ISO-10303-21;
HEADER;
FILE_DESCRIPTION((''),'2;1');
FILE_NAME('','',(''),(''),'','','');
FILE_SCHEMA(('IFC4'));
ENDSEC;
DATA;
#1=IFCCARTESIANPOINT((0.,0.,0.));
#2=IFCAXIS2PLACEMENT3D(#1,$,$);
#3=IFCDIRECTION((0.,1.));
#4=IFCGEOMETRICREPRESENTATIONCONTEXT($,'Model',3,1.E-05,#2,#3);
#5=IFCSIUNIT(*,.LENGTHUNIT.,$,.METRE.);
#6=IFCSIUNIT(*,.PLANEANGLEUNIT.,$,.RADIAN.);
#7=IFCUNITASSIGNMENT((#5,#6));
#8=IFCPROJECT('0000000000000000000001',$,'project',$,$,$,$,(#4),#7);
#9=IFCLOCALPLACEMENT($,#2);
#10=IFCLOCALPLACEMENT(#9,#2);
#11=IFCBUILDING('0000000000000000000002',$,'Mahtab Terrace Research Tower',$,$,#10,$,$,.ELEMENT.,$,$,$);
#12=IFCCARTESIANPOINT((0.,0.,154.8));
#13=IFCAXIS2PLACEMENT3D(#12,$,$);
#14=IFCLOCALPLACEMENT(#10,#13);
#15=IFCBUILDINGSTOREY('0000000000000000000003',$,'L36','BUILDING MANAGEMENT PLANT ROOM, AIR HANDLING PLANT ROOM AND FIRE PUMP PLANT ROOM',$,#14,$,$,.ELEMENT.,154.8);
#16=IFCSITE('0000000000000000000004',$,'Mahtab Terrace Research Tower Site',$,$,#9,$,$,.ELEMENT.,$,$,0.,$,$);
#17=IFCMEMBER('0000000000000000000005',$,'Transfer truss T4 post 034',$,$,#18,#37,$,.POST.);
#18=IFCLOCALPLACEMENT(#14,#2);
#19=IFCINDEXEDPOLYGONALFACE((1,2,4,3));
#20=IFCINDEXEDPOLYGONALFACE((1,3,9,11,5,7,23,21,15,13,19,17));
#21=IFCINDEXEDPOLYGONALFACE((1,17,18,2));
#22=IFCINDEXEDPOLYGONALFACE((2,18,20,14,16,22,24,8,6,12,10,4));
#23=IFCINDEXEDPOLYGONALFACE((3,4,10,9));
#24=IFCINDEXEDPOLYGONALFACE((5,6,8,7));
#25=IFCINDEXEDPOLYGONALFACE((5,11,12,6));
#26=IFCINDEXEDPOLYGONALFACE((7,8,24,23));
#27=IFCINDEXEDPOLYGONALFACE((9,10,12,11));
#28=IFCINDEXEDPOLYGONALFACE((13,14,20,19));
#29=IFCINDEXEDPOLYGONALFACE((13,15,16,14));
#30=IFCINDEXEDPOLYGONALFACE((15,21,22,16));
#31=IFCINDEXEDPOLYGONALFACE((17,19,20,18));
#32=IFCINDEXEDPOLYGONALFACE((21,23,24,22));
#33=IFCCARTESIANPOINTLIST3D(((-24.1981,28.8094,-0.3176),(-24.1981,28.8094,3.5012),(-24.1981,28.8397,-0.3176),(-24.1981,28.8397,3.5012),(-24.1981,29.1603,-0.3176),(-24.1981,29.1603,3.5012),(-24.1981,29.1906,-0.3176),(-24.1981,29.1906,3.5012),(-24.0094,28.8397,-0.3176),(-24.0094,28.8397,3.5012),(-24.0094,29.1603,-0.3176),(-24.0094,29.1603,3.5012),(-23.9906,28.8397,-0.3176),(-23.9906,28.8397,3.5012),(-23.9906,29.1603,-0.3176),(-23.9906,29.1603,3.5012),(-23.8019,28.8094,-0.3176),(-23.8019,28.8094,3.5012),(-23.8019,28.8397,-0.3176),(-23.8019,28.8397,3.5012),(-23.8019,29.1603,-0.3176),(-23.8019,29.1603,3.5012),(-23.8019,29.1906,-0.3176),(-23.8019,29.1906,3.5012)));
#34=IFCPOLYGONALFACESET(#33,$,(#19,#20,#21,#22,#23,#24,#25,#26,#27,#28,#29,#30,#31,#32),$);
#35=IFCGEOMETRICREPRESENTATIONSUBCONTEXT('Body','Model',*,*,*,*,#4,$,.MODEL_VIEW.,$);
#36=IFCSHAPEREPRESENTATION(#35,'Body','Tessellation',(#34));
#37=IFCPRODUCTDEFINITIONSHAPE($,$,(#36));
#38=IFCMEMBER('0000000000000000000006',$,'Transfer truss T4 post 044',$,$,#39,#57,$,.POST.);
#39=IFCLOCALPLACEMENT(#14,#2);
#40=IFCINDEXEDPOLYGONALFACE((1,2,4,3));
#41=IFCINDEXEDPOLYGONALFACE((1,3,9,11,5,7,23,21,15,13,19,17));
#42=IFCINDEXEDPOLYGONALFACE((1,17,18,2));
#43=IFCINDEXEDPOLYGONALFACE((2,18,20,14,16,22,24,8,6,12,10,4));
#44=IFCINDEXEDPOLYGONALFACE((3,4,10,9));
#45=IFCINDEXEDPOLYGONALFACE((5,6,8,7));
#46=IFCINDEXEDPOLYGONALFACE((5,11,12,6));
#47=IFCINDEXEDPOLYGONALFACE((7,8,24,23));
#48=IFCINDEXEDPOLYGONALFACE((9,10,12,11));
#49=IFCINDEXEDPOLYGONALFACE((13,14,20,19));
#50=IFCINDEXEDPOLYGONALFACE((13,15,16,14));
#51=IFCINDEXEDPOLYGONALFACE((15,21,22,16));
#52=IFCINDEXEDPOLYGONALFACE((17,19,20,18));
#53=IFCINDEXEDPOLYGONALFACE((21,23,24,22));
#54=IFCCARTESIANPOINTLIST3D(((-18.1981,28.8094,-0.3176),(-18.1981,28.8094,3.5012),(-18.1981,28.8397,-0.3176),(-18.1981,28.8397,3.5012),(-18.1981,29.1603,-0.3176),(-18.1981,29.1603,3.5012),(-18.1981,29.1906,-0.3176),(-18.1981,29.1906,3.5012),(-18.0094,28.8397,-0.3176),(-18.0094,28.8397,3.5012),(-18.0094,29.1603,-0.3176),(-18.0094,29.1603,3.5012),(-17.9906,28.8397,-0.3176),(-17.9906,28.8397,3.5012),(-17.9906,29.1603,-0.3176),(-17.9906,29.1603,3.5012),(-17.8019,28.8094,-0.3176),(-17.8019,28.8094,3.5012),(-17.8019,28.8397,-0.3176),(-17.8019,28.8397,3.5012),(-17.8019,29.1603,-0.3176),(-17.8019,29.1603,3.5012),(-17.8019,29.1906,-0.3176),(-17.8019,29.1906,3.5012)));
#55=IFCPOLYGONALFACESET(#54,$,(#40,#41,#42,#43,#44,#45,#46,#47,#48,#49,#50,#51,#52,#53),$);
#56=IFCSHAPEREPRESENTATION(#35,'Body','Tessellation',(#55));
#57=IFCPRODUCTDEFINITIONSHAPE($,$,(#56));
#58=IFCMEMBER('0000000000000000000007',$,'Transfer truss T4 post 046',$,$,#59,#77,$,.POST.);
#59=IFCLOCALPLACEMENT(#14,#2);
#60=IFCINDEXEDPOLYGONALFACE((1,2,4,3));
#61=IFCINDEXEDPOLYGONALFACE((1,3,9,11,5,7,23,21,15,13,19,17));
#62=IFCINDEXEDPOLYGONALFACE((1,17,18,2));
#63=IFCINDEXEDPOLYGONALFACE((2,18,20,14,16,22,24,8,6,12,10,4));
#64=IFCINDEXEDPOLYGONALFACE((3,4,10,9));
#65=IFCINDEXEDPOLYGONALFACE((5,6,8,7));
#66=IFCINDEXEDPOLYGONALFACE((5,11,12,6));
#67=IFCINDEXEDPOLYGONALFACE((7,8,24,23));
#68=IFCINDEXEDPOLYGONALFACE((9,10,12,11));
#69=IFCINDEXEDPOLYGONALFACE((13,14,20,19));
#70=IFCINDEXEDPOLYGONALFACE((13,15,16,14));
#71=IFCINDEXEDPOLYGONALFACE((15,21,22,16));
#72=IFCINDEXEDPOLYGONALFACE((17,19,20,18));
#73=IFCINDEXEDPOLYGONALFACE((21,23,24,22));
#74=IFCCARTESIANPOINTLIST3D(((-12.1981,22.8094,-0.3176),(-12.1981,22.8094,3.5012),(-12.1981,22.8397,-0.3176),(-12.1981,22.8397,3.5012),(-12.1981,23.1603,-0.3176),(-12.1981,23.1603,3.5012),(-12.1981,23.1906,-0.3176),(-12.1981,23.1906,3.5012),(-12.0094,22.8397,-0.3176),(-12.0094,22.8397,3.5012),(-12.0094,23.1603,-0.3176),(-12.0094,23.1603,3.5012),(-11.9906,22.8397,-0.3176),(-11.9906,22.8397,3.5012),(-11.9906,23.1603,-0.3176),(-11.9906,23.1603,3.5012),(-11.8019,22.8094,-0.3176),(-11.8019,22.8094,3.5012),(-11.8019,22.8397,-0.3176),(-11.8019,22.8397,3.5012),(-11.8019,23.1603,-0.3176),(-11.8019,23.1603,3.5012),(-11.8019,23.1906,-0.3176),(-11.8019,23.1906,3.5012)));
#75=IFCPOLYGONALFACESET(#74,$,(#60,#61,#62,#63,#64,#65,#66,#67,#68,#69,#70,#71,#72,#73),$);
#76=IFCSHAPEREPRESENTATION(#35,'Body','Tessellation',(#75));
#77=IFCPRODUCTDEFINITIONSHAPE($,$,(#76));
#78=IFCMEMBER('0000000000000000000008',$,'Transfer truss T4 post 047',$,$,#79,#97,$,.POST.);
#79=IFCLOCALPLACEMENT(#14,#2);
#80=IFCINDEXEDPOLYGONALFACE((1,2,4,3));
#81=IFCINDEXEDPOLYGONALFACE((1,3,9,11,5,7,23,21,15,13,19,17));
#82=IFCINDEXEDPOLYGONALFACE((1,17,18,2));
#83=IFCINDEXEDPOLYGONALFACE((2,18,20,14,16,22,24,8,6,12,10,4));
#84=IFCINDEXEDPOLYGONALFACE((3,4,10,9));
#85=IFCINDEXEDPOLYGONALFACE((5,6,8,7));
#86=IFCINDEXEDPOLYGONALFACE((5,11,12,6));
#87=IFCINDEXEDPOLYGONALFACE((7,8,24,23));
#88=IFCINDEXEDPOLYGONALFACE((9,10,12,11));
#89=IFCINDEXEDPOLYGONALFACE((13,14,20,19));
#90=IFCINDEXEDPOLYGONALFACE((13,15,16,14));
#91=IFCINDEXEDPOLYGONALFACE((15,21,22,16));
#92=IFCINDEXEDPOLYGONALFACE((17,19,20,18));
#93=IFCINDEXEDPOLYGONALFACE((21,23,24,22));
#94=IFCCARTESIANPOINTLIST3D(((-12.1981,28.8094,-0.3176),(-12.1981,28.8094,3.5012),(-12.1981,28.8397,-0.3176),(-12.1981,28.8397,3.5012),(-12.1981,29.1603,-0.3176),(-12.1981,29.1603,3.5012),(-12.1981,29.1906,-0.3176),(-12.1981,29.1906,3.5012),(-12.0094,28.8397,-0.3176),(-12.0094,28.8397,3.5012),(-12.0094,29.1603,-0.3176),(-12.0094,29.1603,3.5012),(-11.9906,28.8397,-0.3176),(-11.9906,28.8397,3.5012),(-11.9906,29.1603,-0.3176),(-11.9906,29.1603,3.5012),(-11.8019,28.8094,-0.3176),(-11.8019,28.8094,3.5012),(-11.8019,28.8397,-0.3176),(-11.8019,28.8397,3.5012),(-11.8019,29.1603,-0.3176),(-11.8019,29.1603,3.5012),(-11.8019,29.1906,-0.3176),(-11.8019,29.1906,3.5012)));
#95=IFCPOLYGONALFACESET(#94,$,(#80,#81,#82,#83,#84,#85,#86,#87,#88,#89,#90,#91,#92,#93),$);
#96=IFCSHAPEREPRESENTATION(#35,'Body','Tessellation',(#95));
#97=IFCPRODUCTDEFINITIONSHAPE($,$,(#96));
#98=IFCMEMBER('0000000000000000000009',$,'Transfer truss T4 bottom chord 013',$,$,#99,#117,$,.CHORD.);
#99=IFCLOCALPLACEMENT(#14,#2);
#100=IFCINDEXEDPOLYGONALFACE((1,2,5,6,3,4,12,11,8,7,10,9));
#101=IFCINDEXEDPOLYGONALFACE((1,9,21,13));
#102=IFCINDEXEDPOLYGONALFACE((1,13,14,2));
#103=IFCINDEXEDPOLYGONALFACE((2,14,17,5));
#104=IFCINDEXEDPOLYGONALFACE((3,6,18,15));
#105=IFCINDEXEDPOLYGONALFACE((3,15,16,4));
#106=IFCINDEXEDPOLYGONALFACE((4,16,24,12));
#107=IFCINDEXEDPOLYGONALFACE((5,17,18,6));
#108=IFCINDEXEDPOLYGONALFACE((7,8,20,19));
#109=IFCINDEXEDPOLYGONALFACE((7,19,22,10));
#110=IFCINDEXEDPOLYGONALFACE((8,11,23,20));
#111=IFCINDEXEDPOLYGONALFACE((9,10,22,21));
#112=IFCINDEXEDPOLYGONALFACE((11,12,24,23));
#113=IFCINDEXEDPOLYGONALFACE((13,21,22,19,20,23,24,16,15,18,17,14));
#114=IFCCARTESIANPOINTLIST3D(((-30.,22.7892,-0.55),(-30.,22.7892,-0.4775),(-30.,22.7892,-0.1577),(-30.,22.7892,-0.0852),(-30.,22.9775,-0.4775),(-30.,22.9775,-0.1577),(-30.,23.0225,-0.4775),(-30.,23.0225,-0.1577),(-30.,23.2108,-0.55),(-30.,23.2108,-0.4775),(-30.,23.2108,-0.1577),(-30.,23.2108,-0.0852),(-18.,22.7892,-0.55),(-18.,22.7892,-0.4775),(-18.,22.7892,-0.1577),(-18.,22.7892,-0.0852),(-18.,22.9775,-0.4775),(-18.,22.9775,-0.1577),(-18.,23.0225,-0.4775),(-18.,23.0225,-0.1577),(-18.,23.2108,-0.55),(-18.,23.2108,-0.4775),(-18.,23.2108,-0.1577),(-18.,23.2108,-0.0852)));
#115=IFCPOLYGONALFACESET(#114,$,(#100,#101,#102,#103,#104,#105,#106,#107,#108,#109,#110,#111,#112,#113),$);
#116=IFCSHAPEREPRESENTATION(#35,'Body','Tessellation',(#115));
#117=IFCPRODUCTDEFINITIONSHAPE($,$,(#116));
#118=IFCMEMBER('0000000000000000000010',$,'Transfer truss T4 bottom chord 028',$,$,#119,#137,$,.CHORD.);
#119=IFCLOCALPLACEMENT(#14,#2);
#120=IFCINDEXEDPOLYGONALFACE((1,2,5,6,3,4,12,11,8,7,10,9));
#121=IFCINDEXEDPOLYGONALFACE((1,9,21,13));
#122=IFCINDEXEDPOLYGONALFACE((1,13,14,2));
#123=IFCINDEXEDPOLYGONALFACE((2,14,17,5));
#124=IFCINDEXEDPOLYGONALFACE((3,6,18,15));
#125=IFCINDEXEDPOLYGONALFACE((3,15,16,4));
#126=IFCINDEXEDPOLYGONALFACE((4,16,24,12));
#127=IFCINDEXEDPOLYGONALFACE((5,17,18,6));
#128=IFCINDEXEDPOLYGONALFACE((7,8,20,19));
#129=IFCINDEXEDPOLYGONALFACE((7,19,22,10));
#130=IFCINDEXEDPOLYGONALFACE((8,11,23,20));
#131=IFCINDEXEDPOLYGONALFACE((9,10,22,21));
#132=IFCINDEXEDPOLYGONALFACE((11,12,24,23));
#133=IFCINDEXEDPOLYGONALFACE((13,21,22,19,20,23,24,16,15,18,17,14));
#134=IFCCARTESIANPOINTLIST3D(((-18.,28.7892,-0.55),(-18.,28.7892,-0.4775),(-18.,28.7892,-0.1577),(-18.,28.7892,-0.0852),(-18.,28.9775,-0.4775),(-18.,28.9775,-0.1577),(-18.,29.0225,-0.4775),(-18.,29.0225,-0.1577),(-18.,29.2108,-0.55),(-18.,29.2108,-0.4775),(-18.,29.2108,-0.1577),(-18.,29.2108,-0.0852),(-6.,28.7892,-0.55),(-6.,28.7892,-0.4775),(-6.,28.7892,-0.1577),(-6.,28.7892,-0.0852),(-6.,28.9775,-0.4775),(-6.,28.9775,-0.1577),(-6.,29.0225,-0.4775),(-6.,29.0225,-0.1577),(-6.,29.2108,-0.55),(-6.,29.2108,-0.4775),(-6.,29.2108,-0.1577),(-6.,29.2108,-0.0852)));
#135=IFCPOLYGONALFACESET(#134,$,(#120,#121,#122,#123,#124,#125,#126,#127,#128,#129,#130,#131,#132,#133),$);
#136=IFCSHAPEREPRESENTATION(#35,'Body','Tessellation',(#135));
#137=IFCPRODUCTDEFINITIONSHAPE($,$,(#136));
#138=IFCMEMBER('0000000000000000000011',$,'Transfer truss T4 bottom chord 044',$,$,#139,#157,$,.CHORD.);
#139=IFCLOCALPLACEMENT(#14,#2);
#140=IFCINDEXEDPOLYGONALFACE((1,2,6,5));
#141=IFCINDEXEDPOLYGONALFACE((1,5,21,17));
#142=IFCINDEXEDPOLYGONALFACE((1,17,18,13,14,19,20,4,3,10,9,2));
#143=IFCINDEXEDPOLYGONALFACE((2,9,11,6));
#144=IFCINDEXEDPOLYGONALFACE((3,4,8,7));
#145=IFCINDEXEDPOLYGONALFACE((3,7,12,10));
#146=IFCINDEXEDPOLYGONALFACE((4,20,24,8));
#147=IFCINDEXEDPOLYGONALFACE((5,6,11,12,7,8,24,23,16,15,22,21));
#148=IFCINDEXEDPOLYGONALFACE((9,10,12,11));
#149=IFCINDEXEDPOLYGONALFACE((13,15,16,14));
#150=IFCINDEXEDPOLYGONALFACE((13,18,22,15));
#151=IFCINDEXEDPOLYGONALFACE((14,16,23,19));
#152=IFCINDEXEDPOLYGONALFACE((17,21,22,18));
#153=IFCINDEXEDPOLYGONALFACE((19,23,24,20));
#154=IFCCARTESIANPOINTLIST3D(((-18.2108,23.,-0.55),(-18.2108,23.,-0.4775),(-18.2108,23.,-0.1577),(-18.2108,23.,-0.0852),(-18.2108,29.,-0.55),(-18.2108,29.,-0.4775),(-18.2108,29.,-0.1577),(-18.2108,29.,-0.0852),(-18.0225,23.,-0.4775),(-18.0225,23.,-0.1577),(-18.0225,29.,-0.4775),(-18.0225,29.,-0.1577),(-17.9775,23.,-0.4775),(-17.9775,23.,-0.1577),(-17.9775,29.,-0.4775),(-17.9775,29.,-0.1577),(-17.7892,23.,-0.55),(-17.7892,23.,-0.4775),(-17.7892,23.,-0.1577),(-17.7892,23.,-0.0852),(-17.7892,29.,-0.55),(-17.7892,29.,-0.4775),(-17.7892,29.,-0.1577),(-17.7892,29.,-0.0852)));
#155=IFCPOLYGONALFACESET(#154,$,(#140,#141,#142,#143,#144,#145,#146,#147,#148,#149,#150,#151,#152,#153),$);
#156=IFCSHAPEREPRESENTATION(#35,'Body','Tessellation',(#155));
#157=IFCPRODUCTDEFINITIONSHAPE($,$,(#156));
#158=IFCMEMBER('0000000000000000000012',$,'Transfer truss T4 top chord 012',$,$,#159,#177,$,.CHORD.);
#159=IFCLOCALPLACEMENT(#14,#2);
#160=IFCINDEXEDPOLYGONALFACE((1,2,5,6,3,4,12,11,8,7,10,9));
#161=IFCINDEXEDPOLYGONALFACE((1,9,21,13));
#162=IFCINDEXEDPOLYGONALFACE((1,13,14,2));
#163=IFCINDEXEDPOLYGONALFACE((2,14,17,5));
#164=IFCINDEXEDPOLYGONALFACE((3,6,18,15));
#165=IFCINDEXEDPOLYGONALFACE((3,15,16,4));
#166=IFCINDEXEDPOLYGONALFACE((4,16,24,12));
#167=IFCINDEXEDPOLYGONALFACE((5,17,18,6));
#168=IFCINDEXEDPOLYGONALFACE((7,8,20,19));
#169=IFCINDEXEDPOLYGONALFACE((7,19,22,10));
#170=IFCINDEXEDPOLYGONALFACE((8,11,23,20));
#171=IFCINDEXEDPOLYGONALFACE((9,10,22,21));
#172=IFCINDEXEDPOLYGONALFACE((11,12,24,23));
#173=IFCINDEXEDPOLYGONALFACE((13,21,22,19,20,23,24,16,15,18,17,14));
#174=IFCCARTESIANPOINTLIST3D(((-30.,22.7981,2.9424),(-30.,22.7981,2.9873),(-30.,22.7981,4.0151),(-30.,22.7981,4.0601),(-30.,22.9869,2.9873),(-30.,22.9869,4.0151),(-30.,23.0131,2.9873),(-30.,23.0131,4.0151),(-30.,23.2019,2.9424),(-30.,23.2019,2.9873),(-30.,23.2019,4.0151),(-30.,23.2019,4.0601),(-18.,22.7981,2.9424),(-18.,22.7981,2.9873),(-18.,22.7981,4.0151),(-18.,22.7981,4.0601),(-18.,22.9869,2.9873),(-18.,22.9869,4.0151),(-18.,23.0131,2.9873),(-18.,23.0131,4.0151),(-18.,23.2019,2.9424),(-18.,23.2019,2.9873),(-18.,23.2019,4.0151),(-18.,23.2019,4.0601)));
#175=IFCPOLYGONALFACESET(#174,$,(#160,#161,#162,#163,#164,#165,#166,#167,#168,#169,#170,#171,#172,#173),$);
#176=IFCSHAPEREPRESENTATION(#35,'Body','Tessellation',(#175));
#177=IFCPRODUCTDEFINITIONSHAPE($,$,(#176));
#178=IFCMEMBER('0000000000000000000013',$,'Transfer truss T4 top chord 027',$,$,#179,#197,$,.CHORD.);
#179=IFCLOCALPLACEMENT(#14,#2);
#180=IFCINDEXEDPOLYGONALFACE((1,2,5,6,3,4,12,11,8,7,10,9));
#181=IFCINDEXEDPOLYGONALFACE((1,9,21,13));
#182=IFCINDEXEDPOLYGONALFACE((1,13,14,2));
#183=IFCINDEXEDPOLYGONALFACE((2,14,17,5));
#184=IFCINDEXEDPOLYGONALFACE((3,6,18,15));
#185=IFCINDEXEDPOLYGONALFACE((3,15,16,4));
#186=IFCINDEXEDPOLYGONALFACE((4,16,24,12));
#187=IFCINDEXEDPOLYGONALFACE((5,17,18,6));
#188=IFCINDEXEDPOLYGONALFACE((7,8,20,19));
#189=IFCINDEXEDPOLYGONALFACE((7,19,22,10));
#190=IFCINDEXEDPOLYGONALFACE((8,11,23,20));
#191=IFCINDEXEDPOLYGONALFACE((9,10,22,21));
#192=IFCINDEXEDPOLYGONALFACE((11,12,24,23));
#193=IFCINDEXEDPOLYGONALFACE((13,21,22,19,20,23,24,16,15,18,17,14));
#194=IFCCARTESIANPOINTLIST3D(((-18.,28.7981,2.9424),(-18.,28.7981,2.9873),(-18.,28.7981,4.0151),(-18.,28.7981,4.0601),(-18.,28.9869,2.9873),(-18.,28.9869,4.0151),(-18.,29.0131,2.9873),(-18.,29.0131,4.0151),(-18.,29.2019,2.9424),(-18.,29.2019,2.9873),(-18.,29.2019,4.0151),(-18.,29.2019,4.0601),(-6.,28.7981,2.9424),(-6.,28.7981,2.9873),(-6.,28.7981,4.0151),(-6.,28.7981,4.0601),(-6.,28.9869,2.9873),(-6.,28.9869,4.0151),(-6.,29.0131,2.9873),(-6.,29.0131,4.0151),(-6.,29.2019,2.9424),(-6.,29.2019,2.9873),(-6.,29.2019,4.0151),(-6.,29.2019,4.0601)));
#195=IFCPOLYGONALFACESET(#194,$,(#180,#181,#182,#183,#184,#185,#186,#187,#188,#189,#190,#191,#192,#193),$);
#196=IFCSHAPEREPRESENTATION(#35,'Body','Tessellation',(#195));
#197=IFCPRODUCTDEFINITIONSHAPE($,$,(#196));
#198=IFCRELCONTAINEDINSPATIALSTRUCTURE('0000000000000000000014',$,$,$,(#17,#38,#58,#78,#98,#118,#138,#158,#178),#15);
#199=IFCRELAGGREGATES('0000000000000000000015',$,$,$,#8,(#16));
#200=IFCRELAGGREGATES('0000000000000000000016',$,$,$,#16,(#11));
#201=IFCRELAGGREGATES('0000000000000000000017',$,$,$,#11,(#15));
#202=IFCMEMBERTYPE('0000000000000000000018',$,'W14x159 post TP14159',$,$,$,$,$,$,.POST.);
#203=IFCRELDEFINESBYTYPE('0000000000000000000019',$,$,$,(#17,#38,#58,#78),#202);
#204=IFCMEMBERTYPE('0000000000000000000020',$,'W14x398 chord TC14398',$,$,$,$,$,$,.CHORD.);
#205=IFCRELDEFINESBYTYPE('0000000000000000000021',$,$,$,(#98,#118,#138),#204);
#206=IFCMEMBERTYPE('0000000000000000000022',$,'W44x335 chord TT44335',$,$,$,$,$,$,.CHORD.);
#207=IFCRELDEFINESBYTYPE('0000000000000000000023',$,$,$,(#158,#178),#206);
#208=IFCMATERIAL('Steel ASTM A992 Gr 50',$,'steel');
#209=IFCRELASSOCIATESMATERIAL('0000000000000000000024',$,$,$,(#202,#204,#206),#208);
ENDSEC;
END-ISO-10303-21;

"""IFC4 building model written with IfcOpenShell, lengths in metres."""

from ifc_helpers import new_model, si_unit, direction, frame, origin, origin_2d, place, context, subcontext, project, spatial, i_section, extrude, material, material_profile, profile_set, type_object, element, save


model = new_model("IFC4")

# Units and contexts
model_context = context("Model", 3, precision=1e-05, world=origin(), true_north=direction((0.0, 1.0)))
body_context = subcontext(model_context, "Body", "Model", "MODEL_VIEW")
ifc_project = project(units=[si_unit("LENGTHUNIT", "METRE"), si_unit("PLANEANGLEUNIT", "RADIAN")], contexts=[model_context])

# Site, building, storey
site_placement = place(None, origin())
site = spatial("IfcSite", under=ifc_project, at=site_placement, Name="Mahtab Terrace Research Tower Site", CompositionType="ELEMENT", RefElevation=0.0)
building_placement = place(site_placement, origin())
building = spatial("IfcBuilding", under=site, at=building_placement, Name="Mahtab Terrace Research Tower", CompositionType="ELEMENT")
storey_placement = place(building_placement, frame((0.0, 0.0, 154.8)))
storey = spatial("IfcBuildingStorey", under=building, at=storey_placement, Name="L36", Description="BUILDING MANAGEMENT PLANT ROOM, AIR HANDLING PLANT ROOM AND FIRE PUMP PLANT ROOM", CompositionType="ELEMENT", Elevation=154.8)

# Shared definitions
ifc_material_1 = material(Name="Steel ASTM A992 Gr 50", Category="steel")

# Members
ifc_material_profile_1 = material_profile(ifc_material_1, i_section(OverallWidth=0.3962, OverallDepth=0.3811, WebThickness=0.0188, FlangeThickness=0.0303, at=origin_2d()), Name="W14X159")
ifc_profile_set_1 = profile_set([ifc_material_profile_1], Name="Steel ASTM A992 Gr 50")
member_type_1 = type_object("IfcMemberType", Name="W14x159 post TP14159", PredefinedType="POST", material=ifc_profile_set_1)
for number, where, z_axis, x_axis, name in (
    (1, (-24.0, 29.0, -0.3176), (0.0, 0.0, 1.0), (1.0, 0.0, 0.0), "Transfer truss T4 post 034"),
    (2, (-18.0, 29.0, -0.3176), (0.0, 0.0, 1.0), (1.0, 0.0, 0.0), "Transfer truss T4 post 044"),
    (3, (-12.0, 23.0, -0.3176), (0.0, 0.0, 1.0), (1.0, 0.0, 0.0), "Transfer truss T4 post 046"),
    (4, (-12.0, 29.0, -0.3176), (0.0, 0.0, 1.0), (1.0, 0.0, 0.0), "Transfer truss T4 post 047"),
):
    element("IfcMember", number, at=place(storey_placement, frame(where, z_axis=z_axis, x_axis=x_axis)), inside=storey, type_object=member_type_1, Name=name, PredefinedType="POST", context=body_context, shape_type="SweptSolid", body=[
        extrude(i_section(OverallWidth=0.3962, OverallDepth=0.3811, WebThickness=0.0188, FlangeThickness=0.0303, at=origin_2d()), origin(), (0.0, 0.0, 1.0), 3.8188),
    ])
ifc_material_profile_2 = material_profile(ifc_material_1, i_section(OverallWidth=0.4216, OverallDepth=0.4648, WebThickness=0.0449, FlangeThickness=0.0725, at=origin_2d()), Name="W14X398")
ifc_profile_set_2 = profile_set([ifc_material_profile_2], Name="Steel ASTM A992 Gr 50")
member_type_2 = type_object("IfcMemberType", Name="W14x398 chord TC14398", PredefinedType="CHORD", material=ifc_profile_set_2)
for number, where, z_axis, x_axis, name in (
    (5, (-18.0, 23.0, -0.3176), (-1.0, 0.0, 0.0), (0.0, -1.0, 0.0), "Transfer truss T4 bottom chord 013"),
    (6, (-18.0, 29.0, -0.3176), (1.0, 0.0, 0.0), (0.0, 1.0, 0.0), "Transfer truss T4 bottom chord 028"),
):
    element("IfcMember", number, at=place(storey_placement, frame(where, z_axis=z_axis, x_axis=x_axis)), inside=storey, type_object=member_type_2, Name=name, PredefinedType="CHORD", context=body_context, shape_type="SweptSolid", body=[
        extrude(i_section(OverallWidth=0.4216, OverallDepth=0.4648, WebThickness=0.0449, FlangeThickness=0.0725, at=origin_2d()), origin(), (0.0, 0.0, 1.0), 12.0),
    ])
member_1_placement = place(storey_placement, frame((-18.0, 23.0, -0.3176), z_axis=(0.0, 1.0, 0.0), x_axis=(-1.0, 0.0, 0.0)))
element("IfcMember", 7, at=member_1_placement, inside=storey, type_object=member_type_2, Name="Transfer truss T4 bottom chord 044", PredefinedType="CHORD", context=body_context, shape_type="SweptSolid", body=[
    extrude(i_section(OverallWidth=0.4216, OverallDepth=0.4648, WebThickness=0.0449, FlangeThickness=0.0725, at=origin_2d()), origin(), (0.0, 0.0, 1.0), 6.0),
])
ifc_material_profile_3 = material_profile(ifc_material_1, i_section(OverallWidth=0.4038, OverallDepth=1.1177, WebThickness=0.0261, FlangeThickness=0.0449, at=origin_2d()), Name="W44X335")
ifc_profile_set_3 = profile_set([ifc_material_profile_3], Name="Steel ASTM A992 Gr 50")
member_type_3 = type_object("IfcMemberType", Name="W44x335 chord TT44335", PredefinedType="CHORD", material=ifc_profile_set_3)
for number, where, z_axis, x_axis, name in (
    (8, (-18.0, 23.0, 3.5012), (-1.0, 0.0, 0.0), (0.0, -1.0, 0.0), "Transfer truss T4 top chord 012"),
    (9, (-18.0, 29.0, 3.5012), (1.0, 0.0, 0.0), (0.0, 1.0, 0.0), "Transfer truss T4 top chord 027"),
):
    element("IfcMember", number, at=place(storey_placement, frame(where, z_axis=z_axis, x_axis=x_axis)), inside=storey, type_object=member_type_3, Name=name, PredefinedType="CHORD", context=body_context, shape_type="SweptSolid", body=[
        extrude(i_section(OverallWidth=0.4038, OverallDepth=1.1177, WebThickness=0.0261, FlangeThickness=0.0449, at=origin_2d()), origin(), (0.0, 0.0, 1.0), 12.0),
    ])

save(model, "model.ifc")
